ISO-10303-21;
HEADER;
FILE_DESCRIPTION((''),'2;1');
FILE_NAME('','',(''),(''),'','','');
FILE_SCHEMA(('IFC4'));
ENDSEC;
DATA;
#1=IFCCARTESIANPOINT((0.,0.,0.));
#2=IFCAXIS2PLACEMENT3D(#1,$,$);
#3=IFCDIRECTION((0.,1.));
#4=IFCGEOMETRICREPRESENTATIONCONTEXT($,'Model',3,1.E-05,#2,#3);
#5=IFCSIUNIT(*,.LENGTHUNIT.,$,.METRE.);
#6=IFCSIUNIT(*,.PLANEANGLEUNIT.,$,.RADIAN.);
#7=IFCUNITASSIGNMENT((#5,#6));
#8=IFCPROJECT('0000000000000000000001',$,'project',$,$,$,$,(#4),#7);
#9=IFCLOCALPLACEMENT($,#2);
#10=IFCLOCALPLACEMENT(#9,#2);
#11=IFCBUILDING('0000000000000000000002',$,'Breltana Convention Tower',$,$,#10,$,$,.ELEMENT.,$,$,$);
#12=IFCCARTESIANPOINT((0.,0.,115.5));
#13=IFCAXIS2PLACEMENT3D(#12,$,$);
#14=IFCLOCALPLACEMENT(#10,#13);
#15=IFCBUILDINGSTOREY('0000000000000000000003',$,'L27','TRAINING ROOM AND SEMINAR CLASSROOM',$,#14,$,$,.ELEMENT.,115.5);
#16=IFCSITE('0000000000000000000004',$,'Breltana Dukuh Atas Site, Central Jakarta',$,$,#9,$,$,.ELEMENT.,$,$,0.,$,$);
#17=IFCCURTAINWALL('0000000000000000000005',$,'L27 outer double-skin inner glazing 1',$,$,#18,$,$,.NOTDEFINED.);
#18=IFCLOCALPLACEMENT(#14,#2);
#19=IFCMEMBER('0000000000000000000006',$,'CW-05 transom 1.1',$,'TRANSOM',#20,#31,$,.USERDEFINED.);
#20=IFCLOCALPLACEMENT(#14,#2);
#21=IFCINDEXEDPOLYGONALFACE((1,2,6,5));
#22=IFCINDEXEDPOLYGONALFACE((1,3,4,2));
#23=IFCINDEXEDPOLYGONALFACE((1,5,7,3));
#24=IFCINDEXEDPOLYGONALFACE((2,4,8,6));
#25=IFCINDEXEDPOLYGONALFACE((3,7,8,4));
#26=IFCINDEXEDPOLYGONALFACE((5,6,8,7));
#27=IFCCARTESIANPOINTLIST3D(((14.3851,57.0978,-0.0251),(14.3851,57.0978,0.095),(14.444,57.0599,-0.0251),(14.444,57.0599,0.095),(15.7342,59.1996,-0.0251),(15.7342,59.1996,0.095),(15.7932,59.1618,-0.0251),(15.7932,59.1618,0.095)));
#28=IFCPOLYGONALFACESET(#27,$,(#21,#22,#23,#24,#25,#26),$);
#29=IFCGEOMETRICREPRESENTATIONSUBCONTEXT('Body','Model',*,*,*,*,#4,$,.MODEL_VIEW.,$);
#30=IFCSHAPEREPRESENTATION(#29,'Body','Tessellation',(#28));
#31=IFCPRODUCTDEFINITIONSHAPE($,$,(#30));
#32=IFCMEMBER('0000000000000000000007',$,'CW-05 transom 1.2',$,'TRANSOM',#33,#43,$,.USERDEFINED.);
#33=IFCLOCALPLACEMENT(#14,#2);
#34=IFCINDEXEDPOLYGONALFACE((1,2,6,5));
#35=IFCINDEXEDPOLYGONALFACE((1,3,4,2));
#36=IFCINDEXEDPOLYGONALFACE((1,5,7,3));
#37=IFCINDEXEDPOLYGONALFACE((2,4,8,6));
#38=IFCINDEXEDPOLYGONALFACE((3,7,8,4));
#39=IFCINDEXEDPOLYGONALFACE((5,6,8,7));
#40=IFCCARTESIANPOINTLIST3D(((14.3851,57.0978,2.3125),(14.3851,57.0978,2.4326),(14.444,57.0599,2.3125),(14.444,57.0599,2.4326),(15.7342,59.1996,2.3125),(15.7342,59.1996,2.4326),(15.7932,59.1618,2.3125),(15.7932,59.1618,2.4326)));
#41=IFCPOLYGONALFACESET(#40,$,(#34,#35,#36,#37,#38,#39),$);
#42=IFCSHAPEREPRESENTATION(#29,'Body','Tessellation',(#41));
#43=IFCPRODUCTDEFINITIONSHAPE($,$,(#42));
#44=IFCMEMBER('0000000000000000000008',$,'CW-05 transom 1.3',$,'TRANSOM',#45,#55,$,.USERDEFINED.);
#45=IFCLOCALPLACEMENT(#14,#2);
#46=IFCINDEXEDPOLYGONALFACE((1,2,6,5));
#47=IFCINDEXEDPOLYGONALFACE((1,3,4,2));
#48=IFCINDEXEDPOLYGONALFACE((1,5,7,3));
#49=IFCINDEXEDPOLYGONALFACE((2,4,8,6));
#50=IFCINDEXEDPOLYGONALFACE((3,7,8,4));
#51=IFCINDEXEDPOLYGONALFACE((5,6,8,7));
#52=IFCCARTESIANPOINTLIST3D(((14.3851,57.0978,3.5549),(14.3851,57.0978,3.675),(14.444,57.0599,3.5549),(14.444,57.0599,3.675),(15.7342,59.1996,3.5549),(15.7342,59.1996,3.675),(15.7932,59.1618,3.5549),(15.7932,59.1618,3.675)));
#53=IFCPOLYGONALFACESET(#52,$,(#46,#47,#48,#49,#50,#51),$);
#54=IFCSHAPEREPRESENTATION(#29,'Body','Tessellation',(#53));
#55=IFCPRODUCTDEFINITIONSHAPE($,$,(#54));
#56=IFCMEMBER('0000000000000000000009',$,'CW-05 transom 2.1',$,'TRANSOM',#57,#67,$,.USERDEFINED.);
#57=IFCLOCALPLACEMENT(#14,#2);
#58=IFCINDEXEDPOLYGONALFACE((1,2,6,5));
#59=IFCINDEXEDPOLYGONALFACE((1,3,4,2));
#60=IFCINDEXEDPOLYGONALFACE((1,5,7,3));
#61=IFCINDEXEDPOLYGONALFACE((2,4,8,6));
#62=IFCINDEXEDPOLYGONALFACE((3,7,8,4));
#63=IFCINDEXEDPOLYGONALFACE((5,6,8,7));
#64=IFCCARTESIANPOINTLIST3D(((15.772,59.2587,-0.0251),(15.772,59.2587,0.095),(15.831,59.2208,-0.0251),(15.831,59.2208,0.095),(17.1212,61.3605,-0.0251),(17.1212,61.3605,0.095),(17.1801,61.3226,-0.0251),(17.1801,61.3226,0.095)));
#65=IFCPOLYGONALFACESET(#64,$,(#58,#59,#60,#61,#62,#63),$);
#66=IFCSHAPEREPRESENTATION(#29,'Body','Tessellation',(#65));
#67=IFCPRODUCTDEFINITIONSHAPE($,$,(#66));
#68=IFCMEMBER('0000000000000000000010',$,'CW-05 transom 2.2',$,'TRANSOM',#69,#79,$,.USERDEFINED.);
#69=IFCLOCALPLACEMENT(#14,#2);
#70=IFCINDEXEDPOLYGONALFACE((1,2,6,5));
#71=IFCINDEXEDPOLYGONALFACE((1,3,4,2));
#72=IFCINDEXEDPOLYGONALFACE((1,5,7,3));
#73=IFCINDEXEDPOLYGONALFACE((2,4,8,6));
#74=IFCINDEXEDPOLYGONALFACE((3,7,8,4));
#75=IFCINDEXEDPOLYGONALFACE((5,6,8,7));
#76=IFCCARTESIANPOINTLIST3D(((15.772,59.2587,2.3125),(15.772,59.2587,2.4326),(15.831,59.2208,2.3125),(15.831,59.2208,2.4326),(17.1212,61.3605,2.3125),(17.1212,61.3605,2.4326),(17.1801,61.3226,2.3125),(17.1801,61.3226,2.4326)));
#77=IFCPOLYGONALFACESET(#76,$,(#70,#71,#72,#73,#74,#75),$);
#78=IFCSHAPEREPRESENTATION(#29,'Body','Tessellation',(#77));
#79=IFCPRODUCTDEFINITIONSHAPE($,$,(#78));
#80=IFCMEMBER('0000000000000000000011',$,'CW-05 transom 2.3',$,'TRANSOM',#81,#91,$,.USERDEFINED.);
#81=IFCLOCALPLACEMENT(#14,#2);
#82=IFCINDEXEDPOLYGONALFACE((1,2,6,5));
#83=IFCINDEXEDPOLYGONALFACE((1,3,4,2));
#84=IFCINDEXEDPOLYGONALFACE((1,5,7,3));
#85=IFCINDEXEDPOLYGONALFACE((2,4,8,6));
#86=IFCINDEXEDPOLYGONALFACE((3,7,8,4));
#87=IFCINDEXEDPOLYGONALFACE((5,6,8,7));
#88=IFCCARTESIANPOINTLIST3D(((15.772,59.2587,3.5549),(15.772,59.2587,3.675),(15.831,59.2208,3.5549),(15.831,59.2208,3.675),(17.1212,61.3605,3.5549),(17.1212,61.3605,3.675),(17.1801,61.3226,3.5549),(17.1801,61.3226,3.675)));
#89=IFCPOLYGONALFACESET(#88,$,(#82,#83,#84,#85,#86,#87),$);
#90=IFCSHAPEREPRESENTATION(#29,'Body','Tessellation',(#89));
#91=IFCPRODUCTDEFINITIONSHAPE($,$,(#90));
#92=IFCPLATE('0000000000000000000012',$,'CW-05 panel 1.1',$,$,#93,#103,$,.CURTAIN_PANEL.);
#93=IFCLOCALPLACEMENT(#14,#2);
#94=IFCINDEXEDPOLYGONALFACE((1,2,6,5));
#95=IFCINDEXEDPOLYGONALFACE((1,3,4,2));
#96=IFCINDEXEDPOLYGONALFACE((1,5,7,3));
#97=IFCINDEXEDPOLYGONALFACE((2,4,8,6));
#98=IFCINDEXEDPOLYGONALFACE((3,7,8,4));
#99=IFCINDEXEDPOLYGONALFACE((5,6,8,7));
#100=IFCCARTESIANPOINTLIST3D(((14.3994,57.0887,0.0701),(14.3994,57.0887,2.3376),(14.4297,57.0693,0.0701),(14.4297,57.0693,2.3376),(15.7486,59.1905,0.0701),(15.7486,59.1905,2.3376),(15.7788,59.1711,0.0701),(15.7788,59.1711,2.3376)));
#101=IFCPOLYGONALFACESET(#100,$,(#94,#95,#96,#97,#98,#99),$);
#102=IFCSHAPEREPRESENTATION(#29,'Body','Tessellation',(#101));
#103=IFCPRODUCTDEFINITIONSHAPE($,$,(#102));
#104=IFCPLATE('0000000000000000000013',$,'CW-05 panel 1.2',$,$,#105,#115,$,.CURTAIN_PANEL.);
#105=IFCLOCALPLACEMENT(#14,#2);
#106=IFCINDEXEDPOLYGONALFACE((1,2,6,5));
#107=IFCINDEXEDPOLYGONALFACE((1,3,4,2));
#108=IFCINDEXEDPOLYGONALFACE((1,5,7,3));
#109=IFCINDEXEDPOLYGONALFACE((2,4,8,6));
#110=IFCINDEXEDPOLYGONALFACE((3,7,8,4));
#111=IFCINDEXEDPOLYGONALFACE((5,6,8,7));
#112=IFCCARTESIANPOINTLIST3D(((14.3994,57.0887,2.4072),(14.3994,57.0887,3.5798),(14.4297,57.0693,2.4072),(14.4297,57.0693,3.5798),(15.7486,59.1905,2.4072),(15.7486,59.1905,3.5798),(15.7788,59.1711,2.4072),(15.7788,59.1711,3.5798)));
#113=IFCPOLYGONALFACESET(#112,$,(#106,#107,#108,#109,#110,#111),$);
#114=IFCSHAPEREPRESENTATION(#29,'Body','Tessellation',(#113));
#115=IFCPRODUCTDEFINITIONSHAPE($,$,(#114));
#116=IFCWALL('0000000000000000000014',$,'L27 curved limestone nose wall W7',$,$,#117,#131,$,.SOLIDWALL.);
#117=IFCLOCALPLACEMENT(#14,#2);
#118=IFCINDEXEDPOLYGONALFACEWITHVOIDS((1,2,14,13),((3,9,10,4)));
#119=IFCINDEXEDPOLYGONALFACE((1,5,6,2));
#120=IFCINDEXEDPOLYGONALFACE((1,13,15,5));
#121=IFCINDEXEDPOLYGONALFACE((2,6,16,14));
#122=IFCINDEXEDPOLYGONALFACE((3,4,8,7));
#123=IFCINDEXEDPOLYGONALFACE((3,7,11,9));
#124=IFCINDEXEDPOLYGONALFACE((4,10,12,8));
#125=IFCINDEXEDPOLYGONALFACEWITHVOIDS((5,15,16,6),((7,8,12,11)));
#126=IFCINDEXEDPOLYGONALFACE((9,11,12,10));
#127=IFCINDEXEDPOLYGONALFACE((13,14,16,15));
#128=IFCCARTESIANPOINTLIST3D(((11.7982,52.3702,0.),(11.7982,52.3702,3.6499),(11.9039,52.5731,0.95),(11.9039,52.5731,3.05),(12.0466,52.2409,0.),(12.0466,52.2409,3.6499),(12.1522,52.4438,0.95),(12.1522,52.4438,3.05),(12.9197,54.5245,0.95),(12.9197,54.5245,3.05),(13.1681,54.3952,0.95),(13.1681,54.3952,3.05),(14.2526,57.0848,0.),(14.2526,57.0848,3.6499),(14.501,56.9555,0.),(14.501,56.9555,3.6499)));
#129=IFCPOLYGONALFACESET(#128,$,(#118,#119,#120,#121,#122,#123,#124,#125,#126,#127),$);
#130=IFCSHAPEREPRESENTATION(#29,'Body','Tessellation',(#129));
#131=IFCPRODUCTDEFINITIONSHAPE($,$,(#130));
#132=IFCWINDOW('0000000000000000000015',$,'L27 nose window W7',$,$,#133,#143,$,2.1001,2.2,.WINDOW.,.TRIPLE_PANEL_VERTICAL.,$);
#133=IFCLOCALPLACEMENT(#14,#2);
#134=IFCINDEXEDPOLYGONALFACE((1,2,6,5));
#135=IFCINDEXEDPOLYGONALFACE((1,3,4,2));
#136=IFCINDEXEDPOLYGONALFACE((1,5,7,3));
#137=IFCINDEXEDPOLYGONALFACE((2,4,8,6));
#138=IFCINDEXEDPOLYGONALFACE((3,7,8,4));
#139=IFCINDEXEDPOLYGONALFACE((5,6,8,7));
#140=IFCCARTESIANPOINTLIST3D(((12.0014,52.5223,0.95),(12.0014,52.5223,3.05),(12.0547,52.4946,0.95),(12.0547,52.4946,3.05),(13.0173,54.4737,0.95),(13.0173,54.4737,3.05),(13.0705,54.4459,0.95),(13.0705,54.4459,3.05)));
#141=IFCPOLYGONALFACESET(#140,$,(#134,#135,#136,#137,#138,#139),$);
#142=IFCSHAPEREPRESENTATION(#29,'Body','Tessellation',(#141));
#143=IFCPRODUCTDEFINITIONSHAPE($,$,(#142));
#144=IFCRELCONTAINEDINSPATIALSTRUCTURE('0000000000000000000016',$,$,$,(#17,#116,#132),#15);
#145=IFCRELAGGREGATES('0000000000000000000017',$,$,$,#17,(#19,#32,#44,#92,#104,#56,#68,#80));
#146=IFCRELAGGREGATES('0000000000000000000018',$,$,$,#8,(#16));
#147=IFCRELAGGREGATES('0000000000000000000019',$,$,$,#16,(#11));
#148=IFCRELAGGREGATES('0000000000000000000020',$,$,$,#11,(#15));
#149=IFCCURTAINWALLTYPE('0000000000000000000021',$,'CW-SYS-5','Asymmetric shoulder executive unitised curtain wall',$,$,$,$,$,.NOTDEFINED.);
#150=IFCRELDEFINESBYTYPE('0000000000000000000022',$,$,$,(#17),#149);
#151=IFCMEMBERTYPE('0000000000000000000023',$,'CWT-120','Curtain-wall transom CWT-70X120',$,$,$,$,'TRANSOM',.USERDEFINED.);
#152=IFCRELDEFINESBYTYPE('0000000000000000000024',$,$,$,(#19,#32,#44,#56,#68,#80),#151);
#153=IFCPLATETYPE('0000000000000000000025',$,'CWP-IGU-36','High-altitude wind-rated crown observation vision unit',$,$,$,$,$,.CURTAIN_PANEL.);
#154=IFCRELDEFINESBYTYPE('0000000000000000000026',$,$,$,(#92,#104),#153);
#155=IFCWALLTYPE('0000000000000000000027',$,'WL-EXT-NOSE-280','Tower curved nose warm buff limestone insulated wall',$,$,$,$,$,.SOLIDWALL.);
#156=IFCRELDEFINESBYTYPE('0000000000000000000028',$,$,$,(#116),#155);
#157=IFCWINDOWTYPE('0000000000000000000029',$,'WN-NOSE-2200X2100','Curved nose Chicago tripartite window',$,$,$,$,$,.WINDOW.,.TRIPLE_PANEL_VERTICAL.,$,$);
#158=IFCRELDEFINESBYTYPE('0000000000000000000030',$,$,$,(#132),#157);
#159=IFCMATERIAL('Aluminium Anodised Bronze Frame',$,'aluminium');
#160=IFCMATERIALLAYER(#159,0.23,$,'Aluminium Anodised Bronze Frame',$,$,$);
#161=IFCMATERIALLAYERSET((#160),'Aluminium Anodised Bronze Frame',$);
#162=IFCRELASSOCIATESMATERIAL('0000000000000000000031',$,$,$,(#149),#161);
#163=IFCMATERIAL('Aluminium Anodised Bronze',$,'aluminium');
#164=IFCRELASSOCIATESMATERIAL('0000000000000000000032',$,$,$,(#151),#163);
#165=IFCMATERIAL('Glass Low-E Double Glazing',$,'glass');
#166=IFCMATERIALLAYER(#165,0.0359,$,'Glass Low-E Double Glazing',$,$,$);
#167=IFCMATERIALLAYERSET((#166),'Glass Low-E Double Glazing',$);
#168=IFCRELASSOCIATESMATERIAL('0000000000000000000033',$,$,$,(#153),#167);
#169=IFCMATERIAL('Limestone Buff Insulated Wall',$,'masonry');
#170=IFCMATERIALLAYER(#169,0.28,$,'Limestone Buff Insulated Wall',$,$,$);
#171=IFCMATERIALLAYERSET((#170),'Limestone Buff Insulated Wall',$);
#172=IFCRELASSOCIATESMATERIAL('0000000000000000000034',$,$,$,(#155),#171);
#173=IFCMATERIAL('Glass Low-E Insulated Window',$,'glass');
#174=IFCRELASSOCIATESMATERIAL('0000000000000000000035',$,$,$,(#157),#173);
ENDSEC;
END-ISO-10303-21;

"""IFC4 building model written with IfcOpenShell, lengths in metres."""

from ifc_helpers import new_model, si_unit, direction, frame, frame_2d, origin, origin_2d, place, context, subcontext, project, spatial, rectangle, extrude, source, transform, mapped, material, layer, layer_set, material_profile, profile_set, type_object, type_shapes, element, fill, aggregate, save


model = new_model("IFC4")

# Units and contexts
model_context = context("Model", 3, precision=1e-05, world=origin(), true_north=direction((0.0, 1.0)))
body_context = subcontext(model_context, "Body", "Model", "MODEL_VIEW")
ifc_project = project(units=[si_unit("LENGTHUNIT", "METRE"), si_unit("PLANEANGLEUNIT", "RADIAN")], contexts=[model_context])

# Site, building, storey
site_placement = place(None, origin())
site = spatial("IfcSite", under=ifc_project, at=site_placement, Name="Breltana Dukuh Atas Site, Central Jakarta", CompositionType="ELEMENT", RefElevation=0.0)
building_placement = place(site_placement, origin())
building = spatial("IfcBuilding", under=site, at=building_placement, Name="Breltana Convention Tower", CompositionType="ELEMENT")
storey_placement = place(building_placement, frame((0.0, 0.0, 115.5)))
storey = spatial("IfcBuildingStorey", under=building, at=storey_placement, Name="L27", Description="TRAINING ROOM AND SEMINAR CLASSROOM", CompositionType="ELEMENT", Elevation=115.5)

# Curtain wall, members, plates
ifc_material_1 = material(Name="Aluminium Anodised Bronze Frame", Category="aluminium")
ifc_layer_1 = layer(ifc_material_1, 0.23, Name="Aluminium Anodised Bronze Frame")
ifc_layer_set_1 = layer_set([ifc_layer_1], Name="Aluminium Anodised Bronze Frame")
curtain_wall_type = type_object("IfcCurtainWallType", Name="CW-SYS-5", Description="Asymmetric shoulder executive unitised curtain wall", PredefinedType="NOTDEFINED", material=ifc_layer_set_1)
curtain_wall_placement = place(storey_placement, origin())
curtain_wall = element("IfcCurtainWall", 1, at=curtain_wall_placement, inside=storey, type_object=curtain_wall_type, Name="L27 outer double-skin inner glazing 1", PredefinedType="NOTDEFINED")
ifc_material_2 = material(Name="Aluminium Anodised Bronze", Category="aluminium")
ifc_material_profile_1 = material_profile(ifc_material_2, rectangle(XDim=0.0701, YDim=0.1201, at=origin_2d()), Name="CWT-70X120")
ifc_profile_set_1 = profile_set([ifc_material_profile_1], Name="Aluminium Anodised Bronze")
member_type_1 = type_object("IfcMemberType", Name="CWT-120", Description="Curtain-wall transom CWT-70X120", ElementType="TRANSOM", PredefinedType="USERDEFINED", material=ifc_profile_set_1)
shared_shape_1 = source(origin(), body_context, "Body", "SweptSolid", [
    extrude(rectangle(XDim=0.0701, YDim=0.1201, at=origin_2d()), origin(), (0.0, 0.0, 1.0), 2.4976),
])
member_1_placement = place(storey_placement, frame((14.4146, 57.0789, 0.0349), z_axis=(0.540179, 0.84155, 0.0), x_axis=(-0.84155, 0.540179, 0.0)))
member_1 = element("IfcMember", 2, at=member_1_placement, type_object=member_type_1, Name="CW-05 transom 1.1", ObjectType="TRANSOM", PredefinedType="USERDEFINED", context=body_context, shape_type="MappedRepresentation", body=[
    mapped(shared_shape_1, transform((0.0, 0.0, 0.0), scale=1.0)),
])
member_2_placement = place(storey_placement, frame((14.4146, 57.0789, 2.3726), z_axis=(0.540179, 0.84155, 0.0), x_axis=(-0.84155, 0.540179, 0.0)))
member_2 = element("IfcMember", 3, at=member_2_placement, type_object=member_type_1, Name="CW-05 transom 1.2", ObjectType="TRANSOM", PredefinedType="USERDEFINED", context=body_context, shape_type="MappedRepresentation", body=[
    mapped(shared_shape_1, transform((0.0, 0.0, 0.0), scale=1.0)),
])
member_3_placement = place(storey_placement, frame((14.4146, 57.0789, 3.615), z_axis=(0.540179, 0.84155, 0.0), x_axis=(-0.84155, 0.540179, 0.0)))
member_3 = element("IfcMember", 4, at=member_3_placement, type_object=member_type_1, Name="CW-05 transom 1.3", ObjectType="TRANSOM", PredefinedType="USERDEFINED", context=body_context, shape_type="MappedRepresentation", body=[
    mapped(shared_shape_1, transform((0.0, 0.0, 0.0), scale=1.0)),
])
member_4_placement = place(storey_placement, frame((15.8015, 59.2397, 0.0349), z_axis=(0.540179, 0.84155, 0.0), x_axis=(-0.84155, 0.540179, 0.0)))
member_4 = element("IfcMember", 5, at=member_4_placement, type_object=member_type_1, Name="CW-05 transom 2.1", ObjectType="TRANSOM", PredefinedType="USERDEFINED", context=body_context, shape_type="MappedRepresentation", body=[
    mapped(shared_shape_1, transform((0.0, 0.0, 0.0), scale=1.0)),
])
member_5_placement = place(storey_placement, frame((15.8015, 59.2397, 2.3726), z_axis=(0.540179, 0.84155, 0.0), x_axis=(-0.84155, 0.540179, 0.0)))
member_5 = element("IfcMember", 6, at=member_5_placement, type_object=member_type_1, Name="CW-05 transom 2.2", ObjectType="TRANSOM", PredefinedType="USERDEFINED", context=body_context, shape_type="MappedRepresentation", body=[
    mapped(shared_shape_1, transform((0.0, 0.0, 0.0), scale=1.0)),
])
member_6_placement = place(storey_placement, frame((15.8015, 59.2397, 3.615), z_axis=(0.540179, 0.84155, 0.0), x_axis=(-0.84155, 0.540179, 0.0)))
member_6 = element("IfcMember", 7, at=member_6_placement, type_object=member_type_1, Name="CW-05 transom 2.3", ObjectType="TRANSOM", PredefinedType="USERDEFINED", context=body_context, shape_type="MappedRepresentation", body=[
    mapped(shared_shape_1, transform((0.0, 0.0, 0.0), scale=1.0)),
])
ifc_material_3 = material(Name="Glass Low-E Double Glazing", Category="glass")
ifc_layer_2 = layer(ifc_material_3, 0.0359, Name="Glass Low-E Double Glazing")
ifc_layer_set_2 = layer_set([ifc_layer_2], Name="Glass Low-E Double Glazing")
plate_type = type_object("IfcPlateType", Name="CWP-IGU-36", Description="High-altitude wind-rated crown observation vision unit", PredefinedType="CURTAIN_PANEL", material=ifc_layer_set_2)
shared_shape_2 = source(origin(), body_context, "Body", "SweptSolid", [
    extrude(rectangle(XDim=2.4976, YDim=0.0359, at=origin_2d()), origin(), (0.0, 0.0, 1.0), 2.2676),
])
plate_1_placement = place(storey_placement, frame((15.0891, 58.1299, 0.0701), z_axis=(0.0, 0.0, 1.0), x_axis=(0.540177, 0.841552, 0.0)))
plate_1 = element("IfcPlate", 8, at=plate_1_placement, type_object=plate_type, Name="CW-05 panel 1.1", PredefinedType="CURTAIN_PANEL", context=body_context, shape_type="MappedRepresentation", body=[
    mapped(shared_shape_2, transform((0.0, 0.0, 0.0), scale=1.0)),
])
shared_shape_3 = source(origin(), body_context, "Body", "SweptSolid", [
    extrude(rectangle(XDim=2.4976, YDim=0.0359, at=origin_2d()), origin(), (0.0, 0.0, 1.0), 1.1726),
])
plate_2_placement = place(storey_placement, frame((15.0891, 58.1299, 2.4072), z_axis=(0.0, 0.0, 1.0), x_axis=(0.540177, 0.841552, 0.0)))
plate_2 = element("IfcPlate", 9, at=plate_2_placement, type_object=plate_type, Name="CW-05 panel 1.2", PredefinedType="CURTAIN_PANEL", context=body_context, shape_type="MappedRepresentation", body=[
    mapped(shared_shape_3, transform((0.0, 0.0, 0.0), scale=1.0)),
])
aggregate(curtain_wall, [member_1, member_2, member_3, plate_1, plate_2, member_4, member_5, member_6])

# Wall, opening, window
ifc_material_4 = material(Name="Limestone Buff Insulated Wall", Category="masonry")
ifc_layer_3 = layer(ifc_material_4, 0.28, Name="Limestone Buff Insulated Wall")
ifc_layer_set_3 = layer_set([ifc_layer_3], Name="Limestone Buff Insulated Wall")
wall_type = type_object("IfcWallType", Name="WL-EXT-NOSE-280", Description="Tower curved nose warm buff limestone insulated wall", PredefinedType="SOLIDWALL", material=ifc_layer_set_3)
shared_shape_4 = source(origin(), body_context, "Body", "SweptSolid", [
    extrude(rectangle(XDim=5.3152, YDim=0.28, at=frame_2d((2.6577, 0.0))), origin(), (0.0, 0.0, 1.0), 3.6499),
])
wall_placement = place(storey_placement, frame((11.9224, 52.3054, 0.0), z_axis=(0.0, 0.0, 1.0), x_axis=(0.461761, 0.887005, 0.0)))
wall = element("IfcWall", 10, at=wall_placement, inside=storey, type_object=wall_type, Name="L27 curved limestone nose wall W7", PredefinedType="SOLIDWALL", context=body_context, shape_type="MappedRepresentation", body=[
    mapped(shared_shape_4, transform((0.0, 0.0, 0.0), scale=1.0)),
])
opening_placement = place(wall_placement, frame((0.2288, 0.0, 0.95)))
opening = element("IfcOpeningElement", 11, at=opening_placement, cuts=wall, PredefinedType="OPENING", context=body_context, shape_type="SweptSolid", body=[
    extrude(rectangle(XDim=2.2, YDim=2.1001, at=frame_2d((1.1001, 1.05))), frame((0.0, 0.1499, 0.0), z_axis=(0.0, -1.0, 0.0), x_axis=(1.0, 0.0, 0.0)), (0.0, 0.0, 1.0), 0.3),
])
ifc_material_5 = material(Name="Glass Low-E Insulated Window", Category="glass")
window_type = type_object("IfcWindowType", Name="WN-NOSE-2200X2100", Description="Curved nose Chicago tripartite window", PartitioningType="TRIPLE_PANEL_VERTICAL", PredefinedType="WINDOW", material=ifc_material_5)
shared_shape_5 = source(origin(), body_context, "Body", "SweptSolid", [
    extrude(rectangle(XDim=2.2, YDim=2.1001, at=frame_2d((1.1001, 1.05))), frame((0.0, 0.03, 0.0), z_axis=(0.0, -1.0, 0.0), x_axis=(1.0, 0.0, 0.0)), (0.0, 0.0, 1.0), 0.0601),
])
type_shapes(window_type, [shared_shape_5])
window_placement = place(opening_placement, origin())
window = element("IfcWindow", 12, at=window_placement, inside=storey, type_object=window_type, Name="L27 nose window W7", OverallHeight=2.1001, OverallWidth=2.2, PartitioningType="TRIPLE_PANEL_VERTICAL", PredefinedType="WINDOW", context=body_context, shape_type="MappedRepresentation", body=[
    mapped(shared_shape_5, transform((0.0, 0.0, 0.0), scale=1.0)),
])
fill(opening, window)

save(model, "model.ifc")
